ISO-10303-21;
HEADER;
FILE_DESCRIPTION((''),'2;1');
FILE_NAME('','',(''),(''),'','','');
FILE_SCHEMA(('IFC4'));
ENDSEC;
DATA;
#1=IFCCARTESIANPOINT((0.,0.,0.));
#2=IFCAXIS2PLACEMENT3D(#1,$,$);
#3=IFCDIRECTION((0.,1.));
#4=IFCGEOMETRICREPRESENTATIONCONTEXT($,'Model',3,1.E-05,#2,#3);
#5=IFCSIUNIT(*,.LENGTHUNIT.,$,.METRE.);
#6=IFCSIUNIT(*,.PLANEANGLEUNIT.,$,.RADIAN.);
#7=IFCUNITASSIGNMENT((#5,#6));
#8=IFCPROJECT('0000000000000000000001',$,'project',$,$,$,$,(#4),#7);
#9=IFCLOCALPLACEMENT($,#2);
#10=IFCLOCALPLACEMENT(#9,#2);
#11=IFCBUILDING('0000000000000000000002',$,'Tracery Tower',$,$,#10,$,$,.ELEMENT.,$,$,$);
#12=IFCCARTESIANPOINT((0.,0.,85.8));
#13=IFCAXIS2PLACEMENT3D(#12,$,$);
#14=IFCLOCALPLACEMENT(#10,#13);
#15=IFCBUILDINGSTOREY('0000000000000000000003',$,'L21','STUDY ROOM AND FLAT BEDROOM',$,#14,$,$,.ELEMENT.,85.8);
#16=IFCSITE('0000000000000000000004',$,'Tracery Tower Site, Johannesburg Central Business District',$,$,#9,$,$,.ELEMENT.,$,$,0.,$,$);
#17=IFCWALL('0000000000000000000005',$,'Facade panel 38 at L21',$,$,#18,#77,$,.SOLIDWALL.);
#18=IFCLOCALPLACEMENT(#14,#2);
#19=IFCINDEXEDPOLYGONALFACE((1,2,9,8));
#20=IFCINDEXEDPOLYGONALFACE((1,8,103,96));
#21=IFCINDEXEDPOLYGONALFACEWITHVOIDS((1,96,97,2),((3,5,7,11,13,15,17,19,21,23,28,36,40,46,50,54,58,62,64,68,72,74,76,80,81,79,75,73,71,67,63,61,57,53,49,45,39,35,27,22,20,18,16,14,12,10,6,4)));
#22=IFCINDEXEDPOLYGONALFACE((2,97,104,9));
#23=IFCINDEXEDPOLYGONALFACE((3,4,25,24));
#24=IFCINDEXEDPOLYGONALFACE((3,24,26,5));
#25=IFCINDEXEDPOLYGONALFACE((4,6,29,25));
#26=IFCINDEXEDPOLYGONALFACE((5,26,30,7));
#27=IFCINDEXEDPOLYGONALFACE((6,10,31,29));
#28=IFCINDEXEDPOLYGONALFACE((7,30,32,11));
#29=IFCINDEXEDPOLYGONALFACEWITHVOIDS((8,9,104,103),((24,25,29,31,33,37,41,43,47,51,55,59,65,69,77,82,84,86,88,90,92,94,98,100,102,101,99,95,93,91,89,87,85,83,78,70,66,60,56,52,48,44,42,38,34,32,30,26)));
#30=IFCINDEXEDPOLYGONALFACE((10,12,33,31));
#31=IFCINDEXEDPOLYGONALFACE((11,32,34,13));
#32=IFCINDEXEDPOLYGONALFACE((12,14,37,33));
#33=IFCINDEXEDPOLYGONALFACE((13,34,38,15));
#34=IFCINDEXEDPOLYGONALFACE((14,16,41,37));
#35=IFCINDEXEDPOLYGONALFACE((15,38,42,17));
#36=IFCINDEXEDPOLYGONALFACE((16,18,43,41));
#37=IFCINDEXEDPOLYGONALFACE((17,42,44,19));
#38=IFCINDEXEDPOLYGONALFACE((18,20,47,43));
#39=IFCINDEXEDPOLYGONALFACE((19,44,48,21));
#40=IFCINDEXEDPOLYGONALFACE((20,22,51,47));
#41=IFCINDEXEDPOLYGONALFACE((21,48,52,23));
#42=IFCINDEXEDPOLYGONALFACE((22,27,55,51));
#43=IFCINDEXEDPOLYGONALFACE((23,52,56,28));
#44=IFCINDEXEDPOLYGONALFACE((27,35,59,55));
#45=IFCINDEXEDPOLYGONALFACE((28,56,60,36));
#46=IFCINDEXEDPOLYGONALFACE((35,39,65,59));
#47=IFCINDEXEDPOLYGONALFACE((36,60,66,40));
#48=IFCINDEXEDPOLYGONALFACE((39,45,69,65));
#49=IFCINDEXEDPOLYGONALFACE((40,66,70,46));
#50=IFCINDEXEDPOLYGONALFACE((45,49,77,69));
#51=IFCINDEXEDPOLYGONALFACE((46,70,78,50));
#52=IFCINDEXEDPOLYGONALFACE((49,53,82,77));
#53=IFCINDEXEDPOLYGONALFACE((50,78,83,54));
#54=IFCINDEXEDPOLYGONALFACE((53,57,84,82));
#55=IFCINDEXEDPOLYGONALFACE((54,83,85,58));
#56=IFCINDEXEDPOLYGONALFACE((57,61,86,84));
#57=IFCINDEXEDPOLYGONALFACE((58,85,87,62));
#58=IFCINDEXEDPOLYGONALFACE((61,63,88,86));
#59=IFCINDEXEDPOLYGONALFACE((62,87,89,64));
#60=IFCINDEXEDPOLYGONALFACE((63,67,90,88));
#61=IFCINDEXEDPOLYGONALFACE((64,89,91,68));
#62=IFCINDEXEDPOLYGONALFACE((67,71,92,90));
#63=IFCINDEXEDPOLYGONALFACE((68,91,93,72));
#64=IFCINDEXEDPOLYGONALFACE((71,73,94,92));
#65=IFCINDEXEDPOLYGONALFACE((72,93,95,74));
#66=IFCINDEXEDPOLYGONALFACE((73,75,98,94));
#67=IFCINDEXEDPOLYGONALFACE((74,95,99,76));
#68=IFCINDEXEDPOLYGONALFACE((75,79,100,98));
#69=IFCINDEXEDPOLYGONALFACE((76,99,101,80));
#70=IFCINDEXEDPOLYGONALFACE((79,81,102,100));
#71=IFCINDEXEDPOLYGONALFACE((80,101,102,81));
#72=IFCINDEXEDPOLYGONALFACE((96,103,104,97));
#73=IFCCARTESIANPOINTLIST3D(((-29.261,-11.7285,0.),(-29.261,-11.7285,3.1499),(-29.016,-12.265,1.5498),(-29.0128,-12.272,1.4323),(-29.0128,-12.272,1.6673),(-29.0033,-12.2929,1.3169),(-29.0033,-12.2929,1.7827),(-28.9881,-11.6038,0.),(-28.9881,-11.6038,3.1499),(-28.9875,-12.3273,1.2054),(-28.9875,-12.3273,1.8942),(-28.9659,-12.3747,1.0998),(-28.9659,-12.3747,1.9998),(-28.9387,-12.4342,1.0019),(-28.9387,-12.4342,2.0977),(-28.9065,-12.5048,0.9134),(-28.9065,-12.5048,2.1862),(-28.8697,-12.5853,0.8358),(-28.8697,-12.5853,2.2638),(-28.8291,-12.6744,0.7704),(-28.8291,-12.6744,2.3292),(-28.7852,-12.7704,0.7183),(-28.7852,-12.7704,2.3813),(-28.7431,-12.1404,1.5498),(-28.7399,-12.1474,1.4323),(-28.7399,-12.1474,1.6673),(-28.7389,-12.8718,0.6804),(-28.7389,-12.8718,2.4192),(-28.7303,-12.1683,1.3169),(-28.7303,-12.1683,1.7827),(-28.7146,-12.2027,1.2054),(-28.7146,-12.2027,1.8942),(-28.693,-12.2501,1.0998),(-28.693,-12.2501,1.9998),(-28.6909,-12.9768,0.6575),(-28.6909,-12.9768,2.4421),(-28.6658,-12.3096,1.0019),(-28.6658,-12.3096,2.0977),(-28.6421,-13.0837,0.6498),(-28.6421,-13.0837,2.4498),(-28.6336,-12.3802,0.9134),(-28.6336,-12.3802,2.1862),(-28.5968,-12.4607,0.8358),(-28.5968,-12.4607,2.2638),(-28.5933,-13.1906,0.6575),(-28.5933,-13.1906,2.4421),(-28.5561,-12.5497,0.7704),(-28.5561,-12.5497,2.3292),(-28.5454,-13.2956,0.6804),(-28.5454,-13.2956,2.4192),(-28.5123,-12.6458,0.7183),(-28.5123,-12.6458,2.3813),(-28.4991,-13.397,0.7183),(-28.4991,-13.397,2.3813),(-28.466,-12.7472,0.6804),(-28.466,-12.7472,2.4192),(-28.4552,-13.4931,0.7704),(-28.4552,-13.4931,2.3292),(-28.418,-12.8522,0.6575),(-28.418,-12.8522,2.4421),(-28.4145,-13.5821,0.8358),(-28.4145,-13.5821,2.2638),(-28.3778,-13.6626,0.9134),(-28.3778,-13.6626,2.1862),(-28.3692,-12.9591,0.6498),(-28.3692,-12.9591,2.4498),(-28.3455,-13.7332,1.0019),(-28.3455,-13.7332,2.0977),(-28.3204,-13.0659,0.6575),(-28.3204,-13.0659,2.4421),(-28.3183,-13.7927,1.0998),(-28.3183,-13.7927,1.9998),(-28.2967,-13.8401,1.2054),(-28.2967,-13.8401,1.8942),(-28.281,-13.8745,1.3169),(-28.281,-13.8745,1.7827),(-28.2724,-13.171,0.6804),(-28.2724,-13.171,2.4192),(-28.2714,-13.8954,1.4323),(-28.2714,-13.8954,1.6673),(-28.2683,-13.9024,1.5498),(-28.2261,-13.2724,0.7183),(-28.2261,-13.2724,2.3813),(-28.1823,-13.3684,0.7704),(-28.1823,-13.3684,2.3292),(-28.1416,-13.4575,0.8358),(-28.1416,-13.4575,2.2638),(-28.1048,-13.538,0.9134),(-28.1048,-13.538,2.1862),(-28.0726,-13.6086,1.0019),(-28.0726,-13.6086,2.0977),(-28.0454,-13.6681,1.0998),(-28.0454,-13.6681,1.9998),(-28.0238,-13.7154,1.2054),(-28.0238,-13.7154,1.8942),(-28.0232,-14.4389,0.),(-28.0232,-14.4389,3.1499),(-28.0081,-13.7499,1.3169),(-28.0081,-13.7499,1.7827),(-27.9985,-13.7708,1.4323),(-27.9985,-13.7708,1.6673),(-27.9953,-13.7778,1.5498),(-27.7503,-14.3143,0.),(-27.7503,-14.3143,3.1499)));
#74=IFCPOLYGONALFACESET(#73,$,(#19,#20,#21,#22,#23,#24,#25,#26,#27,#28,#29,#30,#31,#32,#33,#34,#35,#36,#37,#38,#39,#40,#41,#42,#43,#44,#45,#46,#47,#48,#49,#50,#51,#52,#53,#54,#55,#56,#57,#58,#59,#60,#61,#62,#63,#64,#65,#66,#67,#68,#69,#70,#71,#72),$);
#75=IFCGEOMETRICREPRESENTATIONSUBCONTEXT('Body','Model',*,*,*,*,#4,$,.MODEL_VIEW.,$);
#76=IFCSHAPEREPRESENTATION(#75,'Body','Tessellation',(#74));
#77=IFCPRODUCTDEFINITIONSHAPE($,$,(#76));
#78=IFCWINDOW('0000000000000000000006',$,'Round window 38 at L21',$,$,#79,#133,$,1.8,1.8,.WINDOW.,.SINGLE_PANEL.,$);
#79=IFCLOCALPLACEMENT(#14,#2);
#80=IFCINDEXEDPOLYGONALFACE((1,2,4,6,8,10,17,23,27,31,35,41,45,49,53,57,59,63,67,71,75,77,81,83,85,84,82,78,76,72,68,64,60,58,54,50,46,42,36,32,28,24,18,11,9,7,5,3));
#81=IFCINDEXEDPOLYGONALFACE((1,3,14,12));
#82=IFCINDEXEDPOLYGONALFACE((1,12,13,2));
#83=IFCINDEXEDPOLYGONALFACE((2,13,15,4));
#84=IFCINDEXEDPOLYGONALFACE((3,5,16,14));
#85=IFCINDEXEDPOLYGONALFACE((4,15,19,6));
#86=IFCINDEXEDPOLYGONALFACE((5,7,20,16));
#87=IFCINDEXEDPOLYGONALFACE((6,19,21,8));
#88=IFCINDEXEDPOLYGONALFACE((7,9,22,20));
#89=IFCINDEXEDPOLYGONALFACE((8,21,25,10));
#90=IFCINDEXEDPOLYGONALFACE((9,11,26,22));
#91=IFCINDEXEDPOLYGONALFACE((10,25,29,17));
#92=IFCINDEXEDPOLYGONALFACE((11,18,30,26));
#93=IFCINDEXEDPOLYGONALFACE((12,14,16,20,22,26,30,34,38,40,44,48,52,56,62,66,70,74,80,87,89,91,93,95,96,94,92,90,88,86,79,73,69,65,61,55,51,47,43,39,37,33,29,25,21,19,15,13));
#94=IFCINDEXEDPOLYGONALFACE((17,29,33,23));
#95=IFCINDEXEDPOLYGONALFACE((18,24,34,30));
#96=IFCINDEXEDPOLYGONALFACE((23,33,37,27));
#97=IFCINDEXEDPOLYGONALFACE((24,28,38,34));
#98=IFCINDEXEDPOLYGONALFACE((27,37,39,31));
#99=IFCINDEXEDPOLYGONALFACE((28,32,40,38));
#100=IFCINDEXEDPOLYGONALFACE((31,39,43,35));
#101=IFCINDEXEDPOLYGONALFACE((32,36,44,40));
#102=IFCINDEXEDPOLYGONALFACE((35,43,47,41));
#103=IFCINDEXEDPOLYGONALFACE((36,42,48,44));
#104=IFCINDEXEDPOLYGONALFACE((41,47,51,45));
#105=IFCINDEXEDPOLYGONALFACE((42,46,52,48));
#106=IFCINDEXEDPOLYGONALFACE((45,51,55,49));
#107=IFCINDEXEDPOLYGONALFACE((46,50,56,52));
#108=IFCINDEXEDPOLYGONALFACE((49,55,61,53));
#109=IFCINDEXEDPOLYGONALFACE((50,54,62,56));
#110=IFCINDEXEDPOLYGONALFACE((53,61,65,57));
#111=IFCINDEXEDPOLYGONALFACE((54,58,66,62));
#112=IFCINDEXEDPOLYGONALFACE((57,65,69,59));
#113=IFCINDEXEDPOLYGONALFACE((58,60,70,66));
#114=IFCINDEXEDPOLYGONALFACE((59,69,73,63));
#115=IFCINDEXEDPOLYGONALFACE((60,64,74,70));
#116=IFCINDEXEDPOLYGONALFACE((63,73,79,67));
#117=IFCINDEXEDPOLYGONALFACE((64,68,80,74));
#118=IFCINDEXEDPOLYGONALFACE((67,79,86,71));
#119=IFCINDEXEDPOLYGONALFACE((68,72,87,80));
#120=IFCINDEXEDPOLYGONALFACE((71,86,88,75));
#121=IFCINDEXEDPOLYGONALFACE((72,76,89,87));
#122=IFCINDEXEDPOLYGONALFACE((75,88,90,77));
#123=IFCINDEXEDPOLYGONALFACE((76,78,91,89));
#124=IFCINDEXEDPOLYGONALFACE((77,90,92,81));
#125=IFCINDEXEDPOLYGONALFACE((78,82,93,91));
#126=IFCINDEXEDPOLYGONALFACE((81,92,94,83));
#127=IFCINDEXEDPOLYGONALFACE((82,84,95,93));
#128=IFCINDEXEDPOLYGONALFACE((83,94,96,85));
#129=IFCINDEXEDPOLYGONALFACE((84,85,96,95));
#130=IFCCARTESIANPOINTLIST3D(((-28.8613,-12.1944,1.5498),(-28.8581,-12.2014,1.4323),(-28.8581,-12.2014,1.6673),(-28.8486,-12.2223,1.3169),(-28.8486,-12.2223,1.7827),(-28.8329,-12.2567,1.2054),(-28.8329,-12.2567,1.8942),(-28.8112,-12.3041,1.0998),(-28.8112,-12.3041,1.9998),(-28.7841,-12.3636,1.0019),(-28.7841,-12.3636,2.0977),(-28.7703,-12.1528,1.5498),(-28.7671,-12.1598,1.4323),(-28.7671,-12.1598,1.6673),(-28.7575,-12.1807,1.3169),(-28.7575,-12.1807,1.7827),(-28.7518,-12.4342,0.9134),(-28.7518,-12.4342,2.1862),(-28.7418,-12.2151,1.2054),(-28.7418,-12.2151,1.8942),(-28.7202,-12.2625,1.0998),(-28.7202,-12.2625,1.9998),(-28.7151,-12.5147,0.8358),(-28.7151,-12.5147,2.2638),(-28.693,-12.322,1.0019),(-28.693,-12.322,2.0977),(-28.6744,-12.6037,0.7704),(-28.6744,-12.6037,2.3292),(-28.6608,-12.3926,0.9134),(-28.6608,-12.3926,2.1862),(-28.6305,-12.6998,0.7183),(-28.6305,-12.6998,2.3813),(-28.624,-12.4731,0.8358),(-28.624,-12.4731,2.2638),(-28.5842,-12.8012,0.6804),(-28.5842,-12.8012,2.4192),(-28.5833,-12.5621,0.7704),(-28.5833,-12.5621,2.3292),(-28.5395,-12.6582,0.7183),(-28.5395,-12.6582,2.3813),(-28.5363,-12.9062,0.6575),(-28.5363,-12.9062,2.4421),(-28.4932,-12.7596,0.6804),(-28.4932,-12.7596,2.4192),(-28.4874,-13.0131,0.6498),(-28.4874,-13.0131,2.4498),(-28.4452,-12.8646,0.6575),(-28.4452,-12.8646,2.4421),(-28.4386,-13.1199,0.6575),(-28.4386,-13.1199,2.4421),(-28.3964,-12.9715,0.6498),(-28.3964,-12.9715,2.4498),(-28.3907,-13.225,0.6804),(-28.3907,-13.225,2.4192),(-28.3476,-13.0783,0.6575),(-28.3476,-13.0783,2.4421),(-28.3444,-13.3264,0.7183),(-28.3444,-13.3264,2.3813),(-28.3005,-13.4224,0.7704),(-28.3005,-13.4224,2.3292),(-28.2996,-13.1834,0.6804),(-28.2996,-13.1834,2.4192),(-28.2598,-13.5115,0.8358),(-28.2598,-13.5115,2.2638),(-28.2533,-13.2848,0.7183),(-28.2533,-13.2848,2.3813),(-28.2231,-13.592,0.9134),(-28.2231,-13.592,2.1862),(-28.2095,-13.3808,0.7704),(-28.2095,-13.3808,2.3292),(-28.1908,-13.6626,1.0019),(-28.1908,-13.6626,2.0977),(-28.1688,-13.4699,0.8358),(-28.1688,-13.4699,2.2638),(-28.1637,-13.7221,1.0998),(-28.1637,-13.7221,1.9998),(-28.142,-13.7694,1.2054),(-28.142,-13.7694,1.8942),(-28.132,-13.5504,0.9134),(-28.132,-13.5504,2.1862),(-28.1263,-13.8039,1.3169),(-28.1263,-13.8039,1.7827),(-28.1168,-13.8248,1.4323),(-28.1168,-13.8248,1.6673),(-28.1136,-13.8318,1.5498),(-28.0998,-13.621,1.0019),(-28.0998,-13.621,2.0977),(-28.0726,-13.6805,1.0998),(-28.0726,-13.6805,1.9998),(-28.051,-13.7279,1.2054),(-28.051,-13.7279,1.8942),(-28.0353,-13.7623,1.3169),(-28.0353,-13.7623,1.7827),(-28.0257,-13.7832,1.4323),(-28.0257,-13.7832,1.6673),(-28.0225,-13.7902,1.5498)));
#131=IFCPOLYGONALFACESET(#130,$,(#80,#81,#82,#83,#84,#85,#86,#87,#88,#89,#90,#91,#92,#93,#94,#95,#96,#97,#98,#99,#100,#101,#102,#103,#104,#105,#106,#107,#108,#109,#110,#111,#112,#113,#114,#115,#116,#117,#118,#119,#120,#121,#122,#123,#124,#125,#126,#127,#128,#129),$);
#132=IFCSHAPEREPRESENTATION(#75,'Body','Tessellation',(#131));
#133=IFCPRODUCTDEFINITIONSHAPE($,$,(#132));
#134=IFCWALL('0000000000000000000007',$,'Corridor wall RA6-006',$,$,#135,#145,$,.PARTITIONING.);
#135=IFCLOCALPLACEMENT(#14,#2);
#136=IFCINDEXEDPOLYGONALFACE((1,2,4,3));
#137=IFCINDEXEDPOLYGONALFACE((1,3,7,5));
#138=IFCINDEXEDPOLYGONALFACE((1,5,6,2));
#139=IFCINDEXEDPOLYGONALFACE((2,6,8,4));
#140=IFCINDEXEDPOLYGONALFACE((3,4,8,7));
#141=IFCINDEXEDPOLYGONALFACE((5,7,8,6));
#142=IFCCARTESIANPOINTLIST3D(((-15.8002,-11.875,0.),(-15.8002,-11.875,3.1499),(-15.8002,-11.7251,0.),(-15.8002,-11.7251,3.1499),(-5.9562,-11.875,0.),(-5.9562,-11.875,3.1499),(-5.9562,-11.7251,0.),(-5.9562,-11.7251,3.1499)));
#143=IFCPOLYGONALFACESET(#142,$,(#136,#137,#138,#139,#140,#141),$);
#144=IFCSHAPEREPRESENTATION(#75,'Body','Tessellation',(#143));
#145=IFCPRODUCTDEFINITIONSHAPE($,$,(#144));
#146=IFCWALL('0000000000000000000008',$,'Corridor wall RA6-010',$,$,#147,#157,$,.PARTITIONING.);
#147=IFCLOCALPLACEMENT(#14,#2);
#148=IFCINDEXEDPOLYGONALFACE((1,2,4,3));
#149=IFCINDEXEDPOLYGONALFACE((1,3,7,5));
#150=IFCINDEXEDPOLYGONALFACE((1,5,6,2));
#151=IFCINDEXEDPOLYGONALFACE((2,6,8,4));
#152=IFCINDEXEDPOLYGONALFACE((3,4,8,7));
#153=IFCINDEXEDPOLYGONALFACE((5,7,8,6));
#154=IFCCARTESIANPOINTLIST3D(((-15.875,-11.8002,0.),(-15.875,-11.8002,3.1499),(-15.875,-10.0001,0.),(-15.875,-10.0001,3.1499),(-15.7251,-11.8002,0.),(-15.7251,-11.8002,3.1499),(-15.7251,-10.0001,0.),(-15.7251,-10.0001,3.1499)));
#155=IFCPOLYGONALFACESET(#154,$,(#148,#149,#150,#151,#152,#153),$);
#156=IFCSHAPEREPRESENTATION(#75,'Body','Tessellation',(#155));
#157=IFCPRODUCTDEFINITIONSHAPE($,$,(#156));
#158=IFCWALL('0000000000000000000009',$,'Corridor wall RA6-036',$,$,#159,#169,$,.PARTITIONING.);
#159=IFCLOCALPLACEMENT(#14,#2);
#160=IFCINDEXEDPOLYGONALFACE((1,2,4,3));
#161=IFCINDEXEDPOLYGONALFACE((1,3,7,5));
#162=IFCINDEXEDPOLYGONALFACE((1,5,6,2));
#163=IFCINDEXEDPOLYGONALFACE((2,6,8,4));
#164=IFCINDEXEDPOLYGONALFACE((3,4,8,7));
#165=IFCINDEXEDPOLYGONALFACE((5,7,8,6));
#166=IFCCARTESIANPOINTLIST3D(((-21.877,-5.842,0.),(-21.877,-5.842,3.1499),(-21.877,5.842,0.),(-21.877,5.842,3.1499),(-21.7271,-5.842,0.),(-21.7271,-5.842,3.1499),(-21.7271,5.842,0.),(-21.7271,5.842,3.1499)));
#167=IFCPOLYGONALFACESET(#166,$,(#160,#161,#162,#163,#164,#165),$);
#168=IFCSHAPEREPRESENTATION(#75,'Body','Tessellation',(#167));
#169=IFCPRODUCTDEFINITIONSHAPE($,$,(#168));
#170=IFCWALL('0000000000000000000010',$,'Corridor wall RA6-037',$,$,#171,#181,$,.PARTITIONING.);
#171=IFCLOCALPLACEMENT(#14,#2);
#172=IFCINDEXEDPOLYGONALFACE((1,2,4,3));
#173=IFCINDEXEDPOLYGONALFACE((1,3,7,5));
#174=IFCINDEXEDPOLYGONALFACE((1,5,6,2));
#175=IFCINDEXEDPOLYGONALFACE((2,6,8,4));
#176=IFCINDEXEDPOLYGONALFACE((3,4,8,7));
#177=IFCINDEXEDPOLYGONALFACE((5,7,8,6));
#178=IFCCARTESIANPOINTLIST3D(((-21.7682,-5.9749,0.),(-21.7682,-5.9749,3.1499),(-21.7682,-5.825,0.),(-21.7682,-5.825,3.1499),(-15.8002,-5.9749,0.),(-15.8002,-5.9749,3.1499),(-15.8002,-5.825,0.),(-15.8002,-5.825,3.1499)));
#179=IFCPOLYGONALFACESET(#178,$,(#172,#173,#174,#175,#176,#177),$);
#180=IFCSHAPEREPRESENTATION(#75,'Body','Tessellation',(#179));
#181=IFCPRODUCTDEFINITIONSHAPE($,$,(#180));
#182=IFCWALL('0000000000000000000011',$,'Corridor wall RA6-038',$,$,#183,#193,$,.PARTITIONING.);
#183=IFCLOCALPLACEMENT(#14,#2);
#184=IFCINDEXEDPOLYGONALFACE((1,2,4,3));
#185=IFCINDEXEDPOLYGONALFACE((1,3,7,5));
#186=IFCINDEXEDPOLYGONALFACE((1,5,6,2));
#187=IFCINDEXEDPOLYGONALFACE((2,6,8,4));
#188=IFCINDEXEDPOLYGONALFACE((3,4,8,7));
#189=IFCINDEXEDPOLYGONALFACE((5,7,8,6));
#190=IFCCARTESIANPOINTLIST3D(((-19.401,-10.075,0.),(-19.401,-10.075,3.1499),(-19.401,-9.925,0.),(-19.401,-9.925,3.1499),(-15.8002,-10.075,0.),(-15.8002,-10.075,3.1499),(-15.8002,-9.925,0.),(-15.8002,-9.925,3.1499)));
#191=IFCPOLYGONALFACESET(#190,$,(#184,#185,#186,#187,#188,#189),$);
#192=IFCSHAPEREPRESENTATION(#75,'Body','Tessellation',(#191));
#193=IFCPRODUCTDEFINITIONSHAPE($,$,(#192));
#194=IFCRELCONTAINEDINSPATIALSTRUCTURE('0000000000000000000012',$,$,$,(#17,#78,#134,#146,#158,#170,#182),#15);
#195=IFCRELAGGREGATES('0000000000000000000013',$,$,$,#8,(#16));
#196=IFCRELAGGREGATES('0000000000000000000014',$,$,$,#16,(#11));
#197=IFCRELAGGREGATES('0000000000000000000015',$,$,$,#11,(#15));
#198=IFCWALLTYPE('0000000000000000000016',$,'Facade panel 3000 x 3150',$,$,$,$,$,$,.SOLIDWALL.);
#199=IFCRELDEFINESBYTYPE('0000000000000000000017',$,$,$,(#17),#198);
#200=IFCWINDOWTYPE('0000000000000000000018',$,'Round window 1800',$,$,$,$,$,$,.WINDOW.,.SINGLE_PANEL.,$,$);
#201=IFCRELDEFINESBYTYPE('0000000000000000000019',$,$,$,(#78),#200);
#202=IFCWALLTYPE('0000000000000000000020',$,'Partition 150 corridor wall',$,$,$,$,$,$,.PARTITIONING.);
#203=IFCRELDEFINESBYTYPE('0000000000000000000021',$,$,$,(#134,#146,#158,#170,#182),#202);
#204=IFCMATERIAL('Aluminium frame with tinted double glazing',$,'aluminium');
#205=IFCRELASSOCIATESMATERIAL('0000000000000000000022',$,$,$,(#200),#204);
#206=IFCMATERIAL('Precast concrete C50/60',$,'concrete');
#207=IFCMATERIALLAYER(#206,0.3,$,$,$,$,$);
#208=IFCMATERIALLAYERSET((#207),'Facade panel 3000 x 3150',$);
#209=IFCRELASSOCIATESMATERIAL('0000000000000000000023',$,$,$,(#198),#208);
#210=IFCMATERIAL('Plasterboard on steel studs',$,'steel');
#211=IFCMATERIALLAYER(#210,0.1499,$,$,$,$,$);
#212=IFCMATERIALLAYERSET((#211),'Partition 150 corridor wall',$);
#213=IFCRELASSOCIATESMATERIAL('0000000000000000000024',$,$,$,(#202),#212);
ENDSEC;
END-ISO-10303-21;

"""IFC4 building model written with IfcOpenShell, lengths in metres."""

from ifc_helpers import new_model, si_unit, direction, frame, frame_2d, origin, origin_2d, place, context, subcontext, project, spatial, rectangle, circle, extrude, material, layer, layer_set, type_object, element, fill, save


model = new_model("IFC4")

# Units and contexts
model_context = context("Model", 3, precision=1e-05, world=origin(), true_north=direction((0.0, 1.0)))
body_context = subcontext(model_context, "Body", "Model", "MODEL_VIEW")
ifc_project = project(units=[si_unit("LENGTHUNIT", "METRE"), si_unit("PLANEANGLEUNIT", "RADIAN")], contexts=[model_context])

# Site, building, storey
site_placement = place(None, origin())
site = spatial("IfcSite", under=ifc_project, at=site_placement, Name="Tracery Tower Site, Johannesburg Central Business District", CompositionType="ELEMENT", RefElevation=0.0)
building_placement = place(site_placement, origin())
building = spatial("IfcBuilding", under=site, at=building_placement, Name="Tracery Tower", CompositionType="ELEMENT")
storey_placement = place(building_placement, frame((0.0, 0.0, 85.8)))
storey = spatial("IfcBuildingStorey", under=building, at=storey_placement, Name="L21", Description="STUDY ROOM AND FLAT BEDROOM", CompositionType="ELEMENT", Elevation=85.8)

# Wall, opening, window
ifc_material_1 = material(Name="Aluminium frame with tinted double glazing", Category="aluminium")
window_type = type_object("IfcWindowType", Name="Round window 1800", PartitioningType="SINGLE_PANEL", PredefinedType="WINDOW", material=ifc_material_1)
ifc_material_2 = material(Name="Precast concrete C50/60", Category="concrete")
ifc_layer_1 = layer(ifc_material_2, 0.3)
ifc_layer_set_1 = layer_set([ifc_layer_1], Name="Facade panel 3000 x 3150")
wall_type_1 = type_object("IfcWallType", Name="Facade panel 3000 x 3150", PredefinedType="SOLIDWALL", material=ifc_layer_set_1)
wall_1_placement = place(storey_placement, frame((-29.1245, -11.6663, 0.0), z_axis=(0.0, 0.0, 1.0), x_axis=(0.415407, -0.909636, 0.0)))
wall_1 = element("IfcWall", 1, at=wall_1_placement, inside=storey, type_object=wall_type_1, Name="Facade panel 38 at L21", PredefinedType="SOLIDWALL", context=body_context, shape_type="SweptSolid", body=[
    extrude(rectangle(XDim=2.9797, YDim=0.3, at=frame_2d((1.4897, 0.0))), origin(), (0.0, 0.0, 1.0), 3.1499),
])
opening_1_placement = place(wall_1_placement, frame((1.4897, 0.0, 1.5498)))
opening_1 = element("IfcOpeningElement", 2, at=opening_1_placement, cuts=wall_1, PredefinedType="OPENING", context=body_context, shape_type="SweptSolid", body=[
    extrude(circle(Radius=0.9, at=origin_2d()), frame((0.0, 0.1599, 0.0), z_axis=(0.0, -1.0, 0.0), x_axis=(1.0, 0.0, 0.0)), (0.0, 0.0, 1.0), 0.3201),
])
window_1_placement = place(opening_1_placement, origin())
window_1 = element("IfcWindow", 3, at=window_1_placement, inside=storey, type_object=window_type, Name="Round window 38 at L21", OverallHeight=1.8, OverallWidth=1.8, PartitioningType="SINGLE_PANEL", PredefinedType="WINDOW", context=body_context, shape_type="SweptSolid", body=[
    extrude(circle(Radius=0.9, at=origin_2d()), frame((0.0, 0.1201, 0.0), z_axis=(0.0, -1.0, 0.0), x_axis=(1.0, 0.0, 0.0)), (0.0, 0.0, 1.0), 0.1001),
])
fill(opening_1, window_1)

# Walls
ifc_material_3 = material(Name="Plasterboard on steel studs", Category="steel")
ifc_layer_2 = layer(ifc_material_3, 0.1499)
ifc_layer_set_2 = layer_set([ifc_layer_2], Name="Partition 150 corridor wall")
wall_type_2 = type_object("IfcWallType", Name="Partition 150 corridor wall", PredefinedType="PARTITIONING", material=ifc_layer_set_2)
wall_2_placement = place(storey_placement, frame((-15.8, -11.8, 0.0), z_axis=(0.0, 0.0, 1.0), x_axis=(1.0, 0.0, 0.0)))
element("IfcWall", 4, at=wall_2_placement, inside=storey, type_object=wall_type_2, Name="Corridor wall RA6-006", PredefinedType="PARTITIONING", context=body_context, shape_type="SweptSolid", body=[
    extrude(rectangle(XDim=9.844, YDim=0.1499, at=frame_2d((4.9219, 0.0))), origin(), (0.0, 0.0, 1.0), 3.1499),
])
wall_3_placement = place(storey_placement, frame((-15.8, -11.8, 0.0), z_axis=(0.0, 0.0, 1.0), x_axis=(0.0, 1.0, 0.0)))
element("IfcWall", 5, at=wall_3_placement, inside=storey, type_object=wall_type_2, Name="Corridor wall RA6-010", PredefinedType="PARTITIONING", context=body_context, shape_type="SweptSolid", body=[
    extrude(rectangle(XDim=1.8, YDim=0.1499, at=frame_2d((0.8999, 0.0))), origin(), (0.0, 0.0, 1.0), 3.1499),
])
wall_4_placement = place(storey_placement, frame((-21.802, -5.842, 0.0), z_axis=(0.0, 0.0, 1.0), x_axis=(0.0, 1.0, 0.0)))
element("IfcWall", 6, at=wall_4_placement, inside=storey, type_object=wall_type_2, Name="Corridor wall RA6-036", PredefinedType="PARTITIONING", context=body_context, shape_type="SweptSolid", body=[
    extrude(rectangle(XDim=11.6841, YDim=0.1499, at=frame_2d((5.842, 0.0))), origin(), (0.0, 0.0, 1.0), 3.1499),
])
wall_5_placement = place(storey_placement, frame((-21.7681, -5.8999, 0.0), z_axis=(0.0, 0.0, 1.0), x_axis=(1.0, 0.0, 0.0)))
element("IfcWall", 7, at=wall_5_placement, inside=storey, type_object=wall_type_2, Name="Corridor wall RA6-037", PredefinedType="PARTITIONING", context=body_context, shape_type="SweptSolid", body=[
    extrude(rectangle(XDim=5.968, YDim=0.1499, at=frame_2d((2.9839, 0.0))), origin(), (0.0, 0.0, 1.0), 3.1499),
])
wall_6_placement = place(storey_placement, frame((-19.4009, -10.0, 0.0), z_axis=(0.0, 0.0, 1.0), x_axis=(1.0, 0.0, 0.0)))
element("IfcWall", 8, at=wall_6_placement, inside=storey, type_object=wall_type_2, Name="Corridor wall RA6-038", PredefinedType="PARTITIONING", context=body_context, shape_type="SweptSolid", body=[
    extrude(rectangle(XDim=3.6008, YDim=0.1499, at=frame_2d((1.8003, 0.0))), origin(), (0.0, 0.0, 1.0), 3.1499),
])

save(model, "model.ifc")
